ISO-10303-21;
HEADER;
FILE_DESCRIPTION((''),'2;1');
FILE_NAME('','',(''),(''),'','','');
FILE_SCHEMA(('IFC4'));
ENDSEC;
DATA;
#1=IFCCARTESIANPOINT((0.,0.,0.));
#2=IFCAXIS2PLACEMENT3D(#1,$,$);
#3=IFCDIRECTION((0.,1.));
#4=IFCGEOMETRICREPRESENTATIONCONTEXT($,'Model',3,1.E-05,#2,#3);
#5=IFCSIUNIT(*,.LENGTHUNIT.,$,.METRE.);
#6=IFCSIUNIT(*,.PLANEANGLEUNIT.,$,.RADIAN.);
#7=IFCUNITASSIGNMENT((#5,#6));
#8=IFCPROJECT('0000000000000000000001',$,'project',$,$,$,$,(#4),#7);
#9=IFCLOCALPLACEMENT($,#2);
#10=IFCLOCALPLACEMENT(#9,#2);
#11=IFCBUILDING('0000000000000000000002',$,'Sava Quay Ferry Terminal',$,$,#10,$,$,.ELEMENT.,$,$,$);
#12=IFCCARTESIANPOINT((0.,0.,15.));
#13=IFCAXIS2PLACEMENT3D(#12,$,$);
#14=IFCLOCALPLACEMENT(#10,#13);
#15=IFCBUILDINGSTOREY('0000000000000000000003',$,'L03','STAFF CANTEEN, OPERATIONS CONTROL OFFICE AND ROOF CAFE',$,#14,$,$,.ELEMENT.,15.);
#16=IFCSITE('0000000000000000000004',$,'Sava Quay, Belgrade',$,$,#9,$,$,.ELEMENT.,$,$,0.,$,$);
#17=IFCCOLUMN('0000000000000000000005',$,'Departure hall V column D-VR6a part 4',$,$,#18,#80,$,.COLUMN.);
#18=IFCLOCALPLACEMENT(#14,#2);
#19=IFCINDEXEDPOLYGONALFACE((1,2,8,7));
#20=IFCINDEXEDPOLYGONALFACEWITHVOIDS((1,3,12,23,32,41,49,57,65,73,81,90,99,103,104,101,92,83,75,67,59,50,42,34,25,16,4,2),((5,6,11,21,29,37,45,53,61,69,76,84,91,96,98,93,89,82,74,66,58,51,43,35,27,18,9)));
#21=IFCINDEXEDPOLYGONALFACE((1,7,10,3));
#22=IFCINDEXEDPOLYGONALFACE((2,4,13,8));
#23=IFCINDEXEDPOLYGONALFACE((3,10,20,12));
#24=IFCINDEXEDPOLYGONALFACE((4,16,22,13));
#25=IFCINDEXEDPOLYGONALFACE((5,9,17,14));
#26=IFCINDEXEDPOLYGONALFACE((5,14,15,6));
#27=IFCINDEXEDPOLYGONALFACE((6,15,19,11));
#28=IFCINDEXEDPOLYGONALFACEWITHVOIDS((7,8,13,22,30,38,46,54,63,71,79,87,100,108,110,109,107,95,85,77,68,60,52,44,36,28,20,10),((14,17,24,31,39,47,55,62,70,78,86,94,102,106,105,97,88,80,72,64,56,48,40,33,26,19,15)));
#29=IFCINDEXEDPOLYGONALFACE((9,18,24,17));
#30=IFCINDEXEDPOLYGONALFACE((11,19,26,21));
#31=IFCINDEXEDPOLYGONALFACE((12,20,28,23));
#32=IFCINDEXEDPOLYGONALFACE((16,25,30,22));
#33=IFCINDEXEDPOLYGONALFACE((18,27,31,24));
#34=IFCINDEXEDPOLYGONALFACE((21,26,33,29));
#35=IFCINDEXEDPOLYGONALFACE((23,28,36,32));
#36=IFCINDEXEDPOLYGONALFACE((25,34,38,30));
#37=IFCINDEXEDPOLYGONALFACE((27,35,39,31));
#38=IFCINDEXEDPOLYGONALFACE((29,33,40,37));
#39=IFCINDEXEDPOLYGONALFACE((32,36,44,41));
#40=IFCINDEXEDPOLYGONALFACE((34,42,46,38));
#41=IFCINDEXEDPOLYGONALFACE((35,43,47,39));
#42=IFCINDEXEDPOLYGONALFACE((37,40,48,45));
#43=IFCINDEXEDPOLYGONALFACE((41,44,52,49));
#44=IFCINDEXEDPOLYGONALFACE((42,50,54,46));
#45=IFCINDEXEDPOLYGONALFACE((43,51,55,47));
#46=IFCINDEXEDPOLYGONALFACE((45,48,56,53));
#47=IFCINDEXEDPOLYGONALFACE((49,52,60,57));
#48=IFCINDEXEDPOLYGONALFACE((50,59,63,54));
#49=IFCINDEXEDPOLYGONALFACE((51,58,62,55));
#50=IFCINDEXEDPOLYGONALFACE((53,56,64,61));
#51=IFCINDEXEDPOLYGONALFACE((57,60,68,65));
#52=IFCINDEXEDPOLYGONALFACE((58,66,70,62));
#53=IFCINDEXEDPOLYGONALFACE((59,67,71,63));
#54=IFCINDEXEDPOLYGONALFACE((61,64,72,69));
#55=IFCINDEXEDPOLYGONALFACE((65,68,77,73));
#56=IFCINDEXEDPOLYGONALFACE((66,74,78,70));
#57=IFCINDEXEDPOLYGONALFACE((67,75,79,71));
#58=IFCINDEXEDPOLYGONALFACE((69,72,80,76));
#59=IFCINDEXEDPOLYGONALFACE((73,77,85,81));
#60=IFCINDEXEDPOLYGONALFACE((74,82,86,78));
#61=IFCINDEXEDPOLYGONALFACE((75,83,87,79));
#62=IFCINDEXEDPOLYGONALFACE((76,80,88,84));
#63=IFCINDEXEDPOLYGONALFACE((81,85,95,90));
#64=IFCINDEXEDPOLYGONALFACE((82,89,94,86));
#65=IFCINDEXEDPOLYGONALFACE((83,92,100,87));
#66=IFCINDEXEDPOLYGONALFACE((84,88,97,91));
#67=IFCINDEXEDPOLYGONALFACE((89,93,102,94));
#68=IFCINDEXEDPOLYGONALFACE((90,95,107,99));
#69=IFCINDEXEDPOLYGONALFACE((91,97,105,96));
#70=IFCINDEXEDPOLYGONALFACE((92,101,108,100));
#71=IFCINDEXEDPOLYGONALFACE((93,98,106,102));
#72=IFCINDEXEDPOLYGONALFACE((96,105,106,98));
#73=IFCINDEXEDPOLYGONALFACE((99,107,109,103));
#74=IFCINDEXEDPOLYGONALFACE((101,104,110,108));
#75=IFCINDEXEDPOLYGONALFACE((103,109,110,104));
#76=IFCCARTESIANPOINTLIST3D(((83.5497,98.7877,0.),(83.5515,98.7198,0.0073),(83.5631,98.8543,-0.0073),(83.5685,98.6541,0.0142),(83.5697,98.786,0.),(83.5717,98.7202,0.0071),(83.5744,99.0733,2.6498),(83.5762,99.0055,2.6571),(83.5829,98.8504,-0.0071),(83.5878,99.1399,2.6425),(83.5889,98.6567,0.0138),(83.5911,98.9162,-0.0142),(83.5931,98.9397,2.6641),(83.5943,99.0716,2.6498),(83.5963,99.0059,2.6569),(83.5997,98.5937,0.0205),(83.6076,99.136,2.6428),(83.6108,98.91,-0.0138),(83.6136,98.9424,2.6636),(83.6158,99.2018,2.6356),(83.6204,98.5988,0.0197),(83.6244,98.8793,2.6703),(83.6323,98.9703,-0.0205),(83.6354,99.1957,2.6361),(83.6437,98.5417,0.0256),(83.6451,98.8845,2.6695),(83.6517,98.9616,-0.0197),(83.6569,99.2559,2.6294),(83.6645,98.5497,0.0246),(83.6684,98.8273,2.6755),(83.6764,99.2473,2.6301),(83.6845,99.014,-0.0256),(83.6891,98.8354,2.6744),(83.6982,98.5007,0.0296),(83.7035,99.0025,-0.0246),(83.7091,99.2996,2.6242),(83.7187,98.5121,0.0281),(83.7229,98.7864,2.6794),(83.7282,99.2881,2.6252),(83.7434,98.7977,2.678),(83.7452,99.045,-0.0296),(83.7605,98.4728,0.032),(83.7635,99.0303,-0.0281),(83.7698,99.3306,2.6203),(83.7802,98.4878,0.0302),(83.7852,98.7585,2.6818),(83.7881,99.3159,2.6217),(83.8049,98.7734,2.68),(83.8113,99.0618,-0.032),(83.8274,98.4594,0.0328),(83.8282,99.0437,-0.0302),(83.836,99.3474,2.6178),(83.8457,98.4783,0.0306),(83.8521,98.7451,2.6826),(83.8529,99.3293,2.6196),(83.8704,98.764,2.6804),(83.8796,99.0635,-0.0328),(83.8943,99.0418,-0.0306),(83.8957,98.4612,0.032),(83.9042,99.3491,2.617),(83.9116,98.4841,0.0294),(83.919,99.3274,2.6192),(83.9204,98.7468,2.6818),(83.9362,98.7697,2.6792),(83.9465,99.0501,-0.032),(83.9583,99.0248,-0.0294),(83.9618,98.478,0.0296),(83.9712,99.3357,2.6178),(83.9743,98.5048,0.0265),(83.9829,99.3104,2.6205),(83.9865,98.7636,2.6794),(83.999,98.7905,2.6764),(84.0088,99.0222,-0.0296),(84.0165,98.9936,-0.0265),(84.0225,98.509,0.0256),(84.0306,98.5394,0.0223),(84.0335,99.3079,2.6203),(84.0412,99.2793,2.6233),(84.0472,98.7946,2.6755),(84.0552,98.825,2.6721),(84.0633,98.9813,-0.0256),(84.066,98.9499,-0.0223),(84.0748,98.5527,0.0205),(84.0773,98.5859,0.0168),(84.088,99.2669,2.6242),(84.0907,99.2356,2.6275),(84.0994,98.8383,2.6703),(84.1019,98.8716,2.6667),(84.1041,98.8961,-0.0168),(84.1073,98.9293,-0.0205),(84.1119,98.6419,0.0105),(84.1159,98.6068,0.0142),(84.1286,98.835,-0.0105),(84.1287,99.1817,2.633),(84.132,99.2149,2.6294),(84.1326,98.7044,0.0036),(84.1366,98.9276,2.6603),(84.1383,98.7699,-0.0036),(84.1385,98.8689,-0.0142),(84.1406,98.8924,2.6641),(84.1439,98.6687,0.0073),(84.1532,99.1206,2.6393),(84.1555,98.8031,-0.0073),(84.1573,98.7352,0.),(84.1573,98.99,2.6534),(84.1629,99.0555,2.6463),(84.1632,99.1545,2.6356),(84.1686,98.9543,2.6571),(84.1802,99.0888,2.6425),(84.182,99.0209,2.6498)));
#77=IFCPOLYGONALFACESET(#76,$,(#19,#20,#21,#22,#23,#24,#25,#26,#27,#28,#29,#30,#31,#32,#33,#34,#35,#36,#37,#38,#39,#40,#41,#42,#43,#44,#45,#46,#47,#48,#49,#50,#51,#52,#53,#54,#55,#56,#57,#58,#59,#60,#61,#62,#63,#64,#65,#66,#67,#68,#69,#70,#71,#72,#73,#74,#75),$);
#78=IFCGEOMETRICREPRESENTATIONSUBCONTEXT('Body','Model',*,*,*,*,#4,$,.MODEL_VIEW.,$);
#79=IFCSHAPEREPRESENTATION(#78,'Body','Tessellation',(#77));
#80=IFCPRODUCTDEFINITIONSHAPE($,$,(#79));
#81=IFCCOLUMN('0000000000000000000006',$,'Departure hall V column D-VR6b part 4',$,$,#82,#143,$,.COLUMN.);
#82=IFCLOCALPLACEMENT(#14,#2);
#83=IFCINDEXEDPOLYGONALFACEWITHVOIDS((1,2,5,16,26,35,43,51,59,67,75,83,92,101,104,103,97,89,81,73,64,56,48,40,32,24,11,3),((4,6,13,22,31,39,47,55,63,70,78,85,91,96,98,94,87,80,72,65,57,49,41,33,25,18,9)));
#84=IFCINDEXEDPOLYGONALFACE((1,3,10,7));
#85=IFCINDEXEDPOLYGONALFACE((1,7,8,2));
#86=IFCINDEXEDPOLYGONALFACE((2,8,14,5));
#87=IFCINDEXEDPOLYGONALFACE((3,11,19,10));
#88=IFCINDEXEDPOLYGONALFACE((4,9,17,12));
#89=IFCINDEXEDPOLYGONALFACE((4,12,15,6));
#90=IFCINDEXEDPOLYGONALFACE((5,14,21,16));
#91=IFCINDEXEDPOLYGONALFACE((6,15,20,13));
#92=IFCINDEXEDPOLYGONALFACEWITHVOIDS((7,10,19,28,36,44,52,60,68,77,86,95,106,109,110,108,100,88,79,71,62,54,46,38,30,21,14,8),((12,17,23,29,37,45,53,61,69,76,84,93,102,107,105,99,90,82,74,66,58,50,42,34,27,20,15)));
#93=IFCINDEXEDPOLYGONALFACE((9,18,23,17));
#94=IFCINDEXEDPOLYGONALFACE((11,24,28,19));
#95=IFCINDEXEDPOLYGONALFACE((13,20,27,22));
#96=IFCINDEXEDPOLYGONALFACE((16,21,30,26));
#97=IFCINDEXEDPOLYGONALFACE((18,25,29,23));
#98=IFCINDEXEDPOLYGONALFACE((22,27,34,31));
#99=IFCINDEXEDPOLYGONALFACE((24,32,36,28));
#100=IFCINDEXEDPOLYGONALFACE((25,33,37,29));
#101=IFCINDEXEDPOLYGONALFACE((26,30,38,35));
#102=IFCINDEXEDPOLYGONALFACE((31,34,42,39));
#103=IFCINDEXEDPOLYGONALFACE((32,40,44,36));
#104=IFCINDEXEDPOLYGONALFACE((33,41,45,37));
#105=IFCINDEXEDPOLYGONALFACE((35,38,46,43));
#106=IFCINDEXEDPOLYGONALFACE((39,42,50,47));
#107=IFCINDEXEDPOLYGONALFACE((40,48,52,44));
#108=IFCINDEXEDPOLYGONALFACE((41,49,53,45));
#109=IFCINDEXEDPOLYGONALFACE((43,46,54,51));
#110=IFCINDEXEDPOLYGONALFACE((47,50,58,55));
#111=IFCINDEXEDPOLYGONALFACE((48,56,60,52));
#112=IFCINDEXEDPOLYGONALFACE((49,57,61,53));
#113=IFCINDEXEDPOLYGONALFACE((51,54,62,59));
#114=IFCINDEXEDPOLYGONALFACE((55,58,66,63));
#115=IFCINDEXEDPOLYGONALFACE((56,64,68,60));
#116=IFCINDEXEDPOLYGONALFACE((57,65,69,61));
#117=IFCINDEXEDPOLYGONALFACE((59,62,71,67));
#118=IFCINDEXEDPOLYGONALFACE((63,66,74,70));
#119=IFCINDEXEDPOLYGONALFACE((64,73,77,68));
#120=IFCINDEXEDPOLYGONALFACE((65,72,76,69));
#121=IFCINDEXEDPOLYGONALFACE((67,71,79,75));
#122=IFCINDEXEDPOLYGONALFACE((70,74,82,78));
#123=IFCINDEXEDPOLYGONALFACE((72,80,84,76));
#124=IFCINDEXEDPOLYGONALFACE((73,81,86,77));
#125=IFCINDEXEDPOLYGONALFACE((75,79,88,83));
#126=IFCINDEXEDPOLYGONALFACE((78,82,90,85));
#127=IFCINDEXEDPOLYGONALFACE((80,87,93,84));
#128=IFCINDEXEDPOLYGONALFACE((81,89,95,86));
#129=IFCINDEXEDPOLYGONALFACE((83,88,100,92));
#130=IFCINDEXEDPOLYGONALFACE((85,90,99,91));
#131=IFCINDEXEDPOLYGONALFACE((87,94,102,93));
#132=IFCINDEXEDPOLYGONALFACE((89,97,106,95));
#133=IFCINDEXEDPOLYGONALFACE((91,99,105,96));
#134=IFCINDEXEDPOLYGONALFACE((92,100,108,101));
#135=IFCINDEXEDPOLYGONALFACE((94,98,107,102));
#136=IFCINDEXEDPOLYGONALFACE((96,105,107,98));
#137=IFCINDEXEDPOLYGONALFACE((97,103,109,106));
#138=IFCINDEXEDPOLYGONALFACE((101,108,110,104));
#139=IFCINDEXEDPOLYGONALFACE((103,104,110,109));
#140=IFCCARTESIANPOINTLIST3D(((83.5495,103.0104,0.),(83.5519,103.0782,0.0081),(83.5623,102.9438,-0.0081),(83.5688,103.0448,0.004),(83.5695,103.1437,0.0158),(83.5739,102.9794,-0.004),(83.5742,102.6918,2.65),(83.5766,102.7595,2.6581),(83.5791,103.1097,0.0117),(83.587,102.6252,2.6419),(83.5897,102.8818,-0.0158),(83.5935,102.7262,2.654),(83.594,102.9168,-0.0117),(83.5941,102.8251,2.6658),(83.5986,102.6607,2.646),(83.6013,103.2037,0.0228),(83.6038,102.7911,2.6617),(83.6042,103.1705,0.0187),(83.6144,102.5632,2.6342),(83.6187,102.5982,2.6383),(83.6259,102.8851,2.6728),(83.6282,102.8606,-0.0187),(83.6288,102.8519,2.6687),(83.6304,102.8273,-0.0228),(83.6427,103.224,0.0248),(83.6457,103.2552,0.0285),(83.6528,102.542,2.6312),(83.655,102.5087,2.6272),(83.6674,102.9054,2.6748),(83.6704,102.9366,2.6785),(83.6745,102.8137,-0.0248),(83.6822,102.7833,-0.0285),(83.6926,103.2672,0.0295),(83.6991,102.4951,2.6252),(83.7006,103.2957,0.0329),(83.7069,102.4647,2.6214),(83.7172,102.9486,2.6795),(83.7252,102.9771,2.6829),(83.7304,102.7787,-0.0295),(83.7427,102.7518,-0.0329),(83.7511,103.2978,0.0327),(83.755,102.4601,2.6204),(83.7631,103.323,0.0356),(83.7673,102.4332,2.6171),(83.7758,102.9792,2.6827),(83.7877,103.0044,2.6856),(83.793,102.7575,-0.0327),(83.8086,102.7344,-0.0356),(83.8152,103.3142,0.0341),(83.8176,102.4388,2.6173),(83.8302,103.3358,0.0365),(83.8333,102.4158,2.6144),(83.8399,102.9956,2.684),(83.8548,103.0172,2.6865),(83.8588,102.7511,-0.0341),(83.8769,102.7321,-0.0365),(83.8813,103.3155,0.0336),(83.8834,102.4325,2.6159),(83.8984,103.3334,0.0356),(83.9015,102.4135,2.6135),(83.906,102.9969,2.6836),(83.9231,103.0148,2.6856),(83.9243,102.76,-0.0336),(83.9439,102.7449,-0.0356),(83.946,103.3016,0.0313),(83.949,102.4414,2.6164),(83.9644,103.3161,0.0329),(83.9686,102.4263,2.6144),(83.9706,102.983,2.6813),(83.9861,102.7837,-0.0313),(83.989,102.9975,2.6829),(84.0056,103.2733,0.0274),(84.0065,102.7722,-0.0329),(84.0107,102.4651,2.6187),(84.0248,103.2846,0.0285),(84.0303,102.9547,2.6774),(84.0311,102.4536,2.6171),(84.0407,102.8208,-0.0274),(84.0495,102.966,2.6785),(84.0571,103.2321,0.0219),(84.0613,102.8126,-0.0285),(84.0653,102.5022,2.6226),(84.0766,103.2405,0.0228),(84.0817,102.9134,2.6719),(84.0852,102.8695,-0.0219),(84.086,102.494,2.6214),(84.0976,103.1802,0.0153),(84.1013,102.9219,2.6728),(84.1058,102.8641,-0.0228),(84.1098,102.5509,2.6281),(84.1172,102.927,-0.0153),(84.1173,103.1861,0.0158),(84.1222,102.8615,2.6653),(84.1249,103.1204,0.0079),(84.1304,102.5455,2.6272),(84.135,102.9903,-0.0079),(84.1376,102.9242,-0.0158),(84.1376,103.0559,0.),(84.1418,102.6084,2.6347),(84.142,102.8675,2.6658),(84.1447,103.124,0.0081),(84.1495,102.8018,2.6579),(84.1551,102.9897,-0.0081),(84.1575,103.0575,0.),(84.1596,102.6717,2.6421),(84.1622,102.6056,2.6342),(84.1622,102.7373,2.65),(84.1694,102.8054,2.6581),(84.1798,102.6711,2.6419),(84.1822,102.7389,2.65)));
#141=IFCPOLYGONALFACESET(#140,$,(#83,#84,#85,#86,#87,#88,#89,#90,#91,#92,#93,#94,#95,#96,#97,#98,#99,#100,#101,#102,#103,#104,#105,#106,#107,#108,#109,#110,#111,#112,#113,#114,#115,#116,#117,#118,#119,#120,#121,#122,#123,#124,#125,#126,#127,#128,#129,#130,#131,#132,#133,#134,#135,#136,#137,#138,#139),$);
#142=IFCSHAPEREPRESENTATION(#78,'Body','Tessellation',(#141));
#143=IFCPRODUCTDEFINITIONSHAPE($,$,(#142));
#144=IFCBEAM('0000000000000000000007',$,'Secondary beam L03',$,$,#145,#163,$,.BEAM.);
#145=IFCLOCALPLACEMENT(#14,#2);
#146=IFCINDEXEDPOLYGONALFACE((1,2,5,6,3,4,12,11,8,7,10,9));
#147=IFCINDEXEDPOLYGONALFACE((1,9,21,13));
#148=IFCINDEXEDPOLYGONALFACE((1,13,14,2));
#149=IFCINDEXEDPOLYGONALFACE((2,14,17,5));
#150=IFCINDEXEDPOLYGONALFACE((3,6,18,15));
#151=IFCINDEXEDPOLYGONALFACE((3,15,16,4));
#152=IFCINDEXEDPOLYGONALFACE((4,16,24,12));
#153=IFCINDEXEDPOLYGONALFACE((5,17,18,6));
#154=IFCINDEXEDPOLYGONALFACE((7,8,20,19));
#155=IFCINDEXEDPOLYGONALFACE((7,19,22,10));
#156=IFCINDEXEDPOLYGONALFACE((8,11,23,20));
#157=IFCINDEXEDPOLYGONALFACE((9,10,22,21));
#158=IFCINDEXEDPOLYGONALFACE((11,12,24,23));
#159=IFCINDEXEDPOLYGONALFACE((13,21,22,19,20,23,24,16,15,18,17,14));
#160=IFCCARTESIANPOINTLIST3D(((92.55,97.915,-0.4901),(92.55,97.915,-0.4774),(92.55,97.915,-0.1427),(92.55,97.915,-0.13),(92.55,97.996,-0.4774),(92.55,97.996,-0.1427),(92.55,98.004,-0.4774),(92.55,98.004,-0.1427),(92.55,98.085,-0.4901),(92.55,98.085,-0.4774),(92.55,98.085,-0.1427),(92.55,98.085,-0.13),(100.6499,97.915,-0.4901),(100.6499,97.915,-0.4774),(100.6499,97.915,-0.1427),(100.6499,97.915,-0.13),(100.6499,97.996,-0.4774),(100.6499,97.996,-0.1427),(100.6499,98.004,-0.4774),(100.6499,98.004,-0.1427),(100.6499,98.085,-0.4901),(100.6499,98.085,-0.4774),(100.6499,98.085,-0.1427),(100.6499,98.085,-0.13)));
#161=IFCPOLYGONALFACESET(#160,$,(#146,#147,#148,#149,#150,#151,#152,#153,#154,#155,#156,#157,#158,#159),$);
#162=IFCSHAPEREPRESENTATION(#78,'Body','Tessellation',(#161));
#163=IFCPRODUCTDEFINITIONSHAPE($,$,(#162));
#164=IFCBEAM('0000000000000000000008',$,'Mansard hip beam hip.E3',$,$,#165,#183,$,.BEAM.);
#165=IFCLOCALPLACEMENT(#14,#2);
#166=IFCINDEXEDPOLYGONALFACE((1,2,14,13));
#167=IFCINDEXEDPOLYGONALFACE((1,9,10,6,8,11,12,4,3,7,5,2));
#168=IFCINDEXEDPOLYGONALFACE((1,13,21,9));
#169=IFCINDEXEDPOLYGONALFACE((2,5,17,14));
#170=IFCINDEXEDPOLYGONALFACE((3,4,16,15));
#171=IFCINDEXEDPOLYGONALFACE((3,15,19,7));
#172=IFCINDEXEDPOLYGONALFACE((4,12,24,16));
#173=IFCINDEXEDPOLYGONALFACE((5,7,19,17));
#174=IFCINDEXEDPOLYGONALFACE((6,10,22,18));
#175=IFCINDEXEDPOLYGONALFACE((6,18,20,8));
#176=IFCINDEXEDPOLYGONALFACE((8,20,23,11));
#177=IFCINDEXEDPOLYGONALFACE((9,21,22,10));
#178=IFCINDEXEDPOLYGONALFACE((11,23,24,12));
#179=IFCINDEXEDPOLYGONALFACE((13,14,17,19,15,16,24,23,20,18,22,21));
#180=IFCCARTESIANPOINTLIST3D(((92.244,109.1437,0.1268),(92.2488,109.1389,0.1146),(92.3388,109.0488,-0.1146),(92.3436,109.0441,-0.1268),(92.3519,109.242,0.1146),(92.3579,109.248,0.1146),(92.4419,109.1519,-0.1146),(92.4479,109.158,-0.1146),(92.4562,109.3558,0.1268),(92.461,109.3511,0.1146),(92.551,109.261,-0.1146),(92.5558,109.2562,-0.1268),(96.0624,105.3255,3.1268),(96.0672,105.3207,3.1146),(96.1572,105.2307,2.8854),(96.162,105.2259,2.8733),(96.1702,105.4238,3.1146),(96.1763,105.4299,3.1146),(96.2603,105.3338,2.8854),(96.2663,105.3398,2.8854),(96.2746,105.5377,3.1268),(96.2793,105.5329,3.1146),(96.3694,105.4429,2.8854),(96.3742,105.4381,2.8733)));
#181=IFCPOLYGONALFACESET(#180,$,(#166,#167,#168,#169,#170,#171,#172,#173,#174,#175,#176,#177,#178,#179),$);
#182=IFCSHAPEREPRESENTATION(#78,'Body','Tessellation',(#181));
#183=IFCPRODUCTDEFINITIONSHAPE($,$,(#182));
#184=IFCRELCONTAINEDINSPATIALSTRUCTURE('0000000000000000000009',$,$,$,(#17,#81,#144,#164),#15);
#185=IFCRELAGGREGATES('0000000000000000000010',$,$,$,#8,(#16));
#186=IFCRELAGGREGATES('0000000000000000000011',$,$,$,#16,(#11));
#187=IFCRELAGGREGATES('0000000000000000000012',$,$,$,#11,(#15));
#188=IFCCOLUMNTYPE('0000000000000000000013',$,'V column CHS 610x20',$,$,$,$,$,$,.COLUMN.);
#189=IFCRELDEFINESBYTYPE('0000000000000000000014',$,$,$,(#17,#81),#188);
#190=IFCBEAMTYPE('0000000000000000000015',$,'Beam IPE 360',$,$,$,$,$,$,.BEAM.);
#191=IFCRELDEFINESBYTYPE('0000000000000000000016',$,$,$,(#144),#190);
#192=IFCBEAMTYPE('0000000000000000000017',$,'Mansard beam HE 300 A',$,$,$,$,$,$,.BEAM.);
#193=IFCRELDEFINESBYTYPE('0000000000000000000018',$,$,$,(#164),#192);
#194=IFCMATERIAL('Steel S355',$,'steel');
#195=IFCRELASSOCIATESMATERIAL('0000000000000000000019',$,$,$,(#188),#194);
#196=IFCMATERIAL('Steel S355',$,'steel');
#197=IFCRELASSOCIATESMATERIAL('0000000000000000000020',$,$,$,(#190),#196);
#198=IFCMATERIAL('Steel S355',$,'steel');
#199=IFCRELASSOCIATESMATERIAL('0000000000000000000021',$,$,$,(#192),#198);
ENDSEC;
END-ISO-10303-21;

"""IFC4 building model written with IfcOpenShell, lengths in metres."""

from ifc_helpers import new_model, si_unit, direction, frame, origin, origin_2d, place, context, subcontext, project, spatial, hollow_circle, i_section, extrude, material, material_profile, profile_set, type_object, element, save


model = new_model("IFC4")

# Units and contexts
model_context = context("Model", 3, precision=1e-05, world=origin(), true_north=direction((0.0, 1.0)))
body_context = subcontext(model_context, "Body", "Model", "MODEL_VIEW")
ifc_project = project(units=[si_unit("LENGTHUNIT", "METRE"), si_unit("PLANEANGLEUNIT", "RADIAN")], contexts=[model_context])

# Site, building, storey
site_placement = place(None, origin())
site = spatial("IfcSite", under=ifc_project, at=site_placement, Name="Sava Quay, Belgrade", CompositionType="ELEMENT", RefElevation=0.0)
building_placement = place(site_placement, origin())
building = spatial("IfcBuilding", under=site, at=building_placement, Name="Sava Quay Ferry Terminal", CompositionType="ELEMENT")
storey_placement = place(building_placement, frame((0.0, 0.0, 15.0)))
storey = spatial("IfcBuildingStorey", under=building, at=storey_placement, Name="L03", Description="STAFF CANTEEN, OPERATIONS CONTROL OFFICE AND ROOF CAFE", CompositionType="ELEMENT", Elevation=15.0)

# Columns
ifc_material_1 = material(Name="Steel S355", Category="steel")
ifc_material_profile_1 = material_profile(ifc_material_1, hollow_circle(Radius=0.3049, WallThickness=0.02, at=origin_2d()), Name="CHS 610 x 20.0")
ifc_profile_set_1 = profile_set([ifc_material_profile_1], Name="Steel S355")
column_type = type_object("IfcColumnType", Name="V column CHS 610x20", PredefinedType="COLUMN", material=ifc_profile_set_1)
column_1_placement = place(storey_placement, frame((83.8535, 98.7615, 0.0), z_axis=(0.009251, 0.107169, 0.994198), x_axis=(-0.996295, 0.086005, 0.0)))
element("IfcColumn", 1, at=column_1_placement, inside=storey, type_object=column_type, Name="Departure hall V column D-VR6a part 4", PredefinedType="COLUMN", context=body_context, shape_type="SweptSolid", body=[
    extrude(hollow_circle(Radius=0.3049, WallThickness=0.02, at=origin_2d()), origin(), (0.0, 0.0, 1.0), 2.6653),
])
column_2_placement = place(storey_placement, frame((83.8535, 103.0339, 0.0), z_axis=(0.009238, -0.119367, 0.992807), x_axis=(0.997018, 0.077164, 0.0)))
element("IfcColumn", 2, at=column_2_placement, inside=storey, type_object=column_type, Name="Departure hall V column D-VR6b part 4", PredefinedType="COLUMN", context=body_context, shape_type="SweptSolid", body=[
    extrude(hollow_circle(Radius=0.3049, WallThickness=0.02, at=origin_2d()), origin(), (0.0, 0.0, 1.0), 2.6692),
])

# Beams
ifc_material_2 = material(Name="Steel S355", Category="steel")
ifc_material_profile_2 = material_profile(ifc_material_2, i_section(OverallWidth=0.1699, OverallDepth=0.3601, WebThickness=0.0081, FlangeThickness=0.0127, at=origin_2d()), Name="IPE 360")
ifc_profile_set_2 = profile_set([ifc_material_profile_2], Name="Steel S355")
beam_type_1 = type_object("IfcBeamType", Name="Beam IPE 360", PredefinedType="BEAM", material=ifc_profile_set_2)
beam_1_placement = place(storey_placement, frame((92.55, 98.0, -0.3101), z_axis=(1.0, 0.0, 0.0), x_axis=(0.0, 1.0, 0.0)))
element("IfcBeam", 3, at=beam_1_placement, inside=storey, type_object=beam_type_1, Name="Secondary beam L03", PredefinedType="BEAM", context=body_context, shape_type="SweptSolid", body=[
    extrude(i_section(OverallWidth=0.1699, OverallDepth=0.3601, WebThickness=0.0081, FlangeThickness=0.0127, at=origin_2d()), origin(), (0.0, 0.0, 1.0), 8.0999),
])
ifc_material_3 = material(Name="Steel S355", Category="steel")
ifc_material_profile_3 = material_profile(ifc_material_3, i_section(OverallWidth=0.3, OverallDepth=0.29, WebThickness=0.0085, FlangeThickness=0.0139, at=origin_2d()), Name="HE 300 A")
ifc_profile_set_3 = profile_set([ifc_material_profile_3], Name="Steel S355")
beam_type_2 = type_object("IfcBeamType", Name="Mansard beam HE 300 A", PredefinedType="BEAM", material=ifc_profile_set_3)
beam_2_placement = place(storey_placement, frame((92.3999, 109.2, 0.0), z_axis=(0.618137, -0.618097, 0.485656), x_axis=(0.707084, 0.707129, 0.0)))
element("IfcBeam", 4, at=beam_2_placement, inside=storey, type_object=beam_type_2, Name="Mansard hip beam hip.E3", PredefinedType="BEAM", context=body_context, shape_type="SweptSolid", body=[
    extrude(i_section(OverallWidth=0.3, OverallDepth=0.29, WebThickness=0.0085, FlangeThickness=0.0139, at=origin_2d()), origin(), (0.0, 0.0, 1.0), 6.1772),
])

save(model, "model.ifc")
